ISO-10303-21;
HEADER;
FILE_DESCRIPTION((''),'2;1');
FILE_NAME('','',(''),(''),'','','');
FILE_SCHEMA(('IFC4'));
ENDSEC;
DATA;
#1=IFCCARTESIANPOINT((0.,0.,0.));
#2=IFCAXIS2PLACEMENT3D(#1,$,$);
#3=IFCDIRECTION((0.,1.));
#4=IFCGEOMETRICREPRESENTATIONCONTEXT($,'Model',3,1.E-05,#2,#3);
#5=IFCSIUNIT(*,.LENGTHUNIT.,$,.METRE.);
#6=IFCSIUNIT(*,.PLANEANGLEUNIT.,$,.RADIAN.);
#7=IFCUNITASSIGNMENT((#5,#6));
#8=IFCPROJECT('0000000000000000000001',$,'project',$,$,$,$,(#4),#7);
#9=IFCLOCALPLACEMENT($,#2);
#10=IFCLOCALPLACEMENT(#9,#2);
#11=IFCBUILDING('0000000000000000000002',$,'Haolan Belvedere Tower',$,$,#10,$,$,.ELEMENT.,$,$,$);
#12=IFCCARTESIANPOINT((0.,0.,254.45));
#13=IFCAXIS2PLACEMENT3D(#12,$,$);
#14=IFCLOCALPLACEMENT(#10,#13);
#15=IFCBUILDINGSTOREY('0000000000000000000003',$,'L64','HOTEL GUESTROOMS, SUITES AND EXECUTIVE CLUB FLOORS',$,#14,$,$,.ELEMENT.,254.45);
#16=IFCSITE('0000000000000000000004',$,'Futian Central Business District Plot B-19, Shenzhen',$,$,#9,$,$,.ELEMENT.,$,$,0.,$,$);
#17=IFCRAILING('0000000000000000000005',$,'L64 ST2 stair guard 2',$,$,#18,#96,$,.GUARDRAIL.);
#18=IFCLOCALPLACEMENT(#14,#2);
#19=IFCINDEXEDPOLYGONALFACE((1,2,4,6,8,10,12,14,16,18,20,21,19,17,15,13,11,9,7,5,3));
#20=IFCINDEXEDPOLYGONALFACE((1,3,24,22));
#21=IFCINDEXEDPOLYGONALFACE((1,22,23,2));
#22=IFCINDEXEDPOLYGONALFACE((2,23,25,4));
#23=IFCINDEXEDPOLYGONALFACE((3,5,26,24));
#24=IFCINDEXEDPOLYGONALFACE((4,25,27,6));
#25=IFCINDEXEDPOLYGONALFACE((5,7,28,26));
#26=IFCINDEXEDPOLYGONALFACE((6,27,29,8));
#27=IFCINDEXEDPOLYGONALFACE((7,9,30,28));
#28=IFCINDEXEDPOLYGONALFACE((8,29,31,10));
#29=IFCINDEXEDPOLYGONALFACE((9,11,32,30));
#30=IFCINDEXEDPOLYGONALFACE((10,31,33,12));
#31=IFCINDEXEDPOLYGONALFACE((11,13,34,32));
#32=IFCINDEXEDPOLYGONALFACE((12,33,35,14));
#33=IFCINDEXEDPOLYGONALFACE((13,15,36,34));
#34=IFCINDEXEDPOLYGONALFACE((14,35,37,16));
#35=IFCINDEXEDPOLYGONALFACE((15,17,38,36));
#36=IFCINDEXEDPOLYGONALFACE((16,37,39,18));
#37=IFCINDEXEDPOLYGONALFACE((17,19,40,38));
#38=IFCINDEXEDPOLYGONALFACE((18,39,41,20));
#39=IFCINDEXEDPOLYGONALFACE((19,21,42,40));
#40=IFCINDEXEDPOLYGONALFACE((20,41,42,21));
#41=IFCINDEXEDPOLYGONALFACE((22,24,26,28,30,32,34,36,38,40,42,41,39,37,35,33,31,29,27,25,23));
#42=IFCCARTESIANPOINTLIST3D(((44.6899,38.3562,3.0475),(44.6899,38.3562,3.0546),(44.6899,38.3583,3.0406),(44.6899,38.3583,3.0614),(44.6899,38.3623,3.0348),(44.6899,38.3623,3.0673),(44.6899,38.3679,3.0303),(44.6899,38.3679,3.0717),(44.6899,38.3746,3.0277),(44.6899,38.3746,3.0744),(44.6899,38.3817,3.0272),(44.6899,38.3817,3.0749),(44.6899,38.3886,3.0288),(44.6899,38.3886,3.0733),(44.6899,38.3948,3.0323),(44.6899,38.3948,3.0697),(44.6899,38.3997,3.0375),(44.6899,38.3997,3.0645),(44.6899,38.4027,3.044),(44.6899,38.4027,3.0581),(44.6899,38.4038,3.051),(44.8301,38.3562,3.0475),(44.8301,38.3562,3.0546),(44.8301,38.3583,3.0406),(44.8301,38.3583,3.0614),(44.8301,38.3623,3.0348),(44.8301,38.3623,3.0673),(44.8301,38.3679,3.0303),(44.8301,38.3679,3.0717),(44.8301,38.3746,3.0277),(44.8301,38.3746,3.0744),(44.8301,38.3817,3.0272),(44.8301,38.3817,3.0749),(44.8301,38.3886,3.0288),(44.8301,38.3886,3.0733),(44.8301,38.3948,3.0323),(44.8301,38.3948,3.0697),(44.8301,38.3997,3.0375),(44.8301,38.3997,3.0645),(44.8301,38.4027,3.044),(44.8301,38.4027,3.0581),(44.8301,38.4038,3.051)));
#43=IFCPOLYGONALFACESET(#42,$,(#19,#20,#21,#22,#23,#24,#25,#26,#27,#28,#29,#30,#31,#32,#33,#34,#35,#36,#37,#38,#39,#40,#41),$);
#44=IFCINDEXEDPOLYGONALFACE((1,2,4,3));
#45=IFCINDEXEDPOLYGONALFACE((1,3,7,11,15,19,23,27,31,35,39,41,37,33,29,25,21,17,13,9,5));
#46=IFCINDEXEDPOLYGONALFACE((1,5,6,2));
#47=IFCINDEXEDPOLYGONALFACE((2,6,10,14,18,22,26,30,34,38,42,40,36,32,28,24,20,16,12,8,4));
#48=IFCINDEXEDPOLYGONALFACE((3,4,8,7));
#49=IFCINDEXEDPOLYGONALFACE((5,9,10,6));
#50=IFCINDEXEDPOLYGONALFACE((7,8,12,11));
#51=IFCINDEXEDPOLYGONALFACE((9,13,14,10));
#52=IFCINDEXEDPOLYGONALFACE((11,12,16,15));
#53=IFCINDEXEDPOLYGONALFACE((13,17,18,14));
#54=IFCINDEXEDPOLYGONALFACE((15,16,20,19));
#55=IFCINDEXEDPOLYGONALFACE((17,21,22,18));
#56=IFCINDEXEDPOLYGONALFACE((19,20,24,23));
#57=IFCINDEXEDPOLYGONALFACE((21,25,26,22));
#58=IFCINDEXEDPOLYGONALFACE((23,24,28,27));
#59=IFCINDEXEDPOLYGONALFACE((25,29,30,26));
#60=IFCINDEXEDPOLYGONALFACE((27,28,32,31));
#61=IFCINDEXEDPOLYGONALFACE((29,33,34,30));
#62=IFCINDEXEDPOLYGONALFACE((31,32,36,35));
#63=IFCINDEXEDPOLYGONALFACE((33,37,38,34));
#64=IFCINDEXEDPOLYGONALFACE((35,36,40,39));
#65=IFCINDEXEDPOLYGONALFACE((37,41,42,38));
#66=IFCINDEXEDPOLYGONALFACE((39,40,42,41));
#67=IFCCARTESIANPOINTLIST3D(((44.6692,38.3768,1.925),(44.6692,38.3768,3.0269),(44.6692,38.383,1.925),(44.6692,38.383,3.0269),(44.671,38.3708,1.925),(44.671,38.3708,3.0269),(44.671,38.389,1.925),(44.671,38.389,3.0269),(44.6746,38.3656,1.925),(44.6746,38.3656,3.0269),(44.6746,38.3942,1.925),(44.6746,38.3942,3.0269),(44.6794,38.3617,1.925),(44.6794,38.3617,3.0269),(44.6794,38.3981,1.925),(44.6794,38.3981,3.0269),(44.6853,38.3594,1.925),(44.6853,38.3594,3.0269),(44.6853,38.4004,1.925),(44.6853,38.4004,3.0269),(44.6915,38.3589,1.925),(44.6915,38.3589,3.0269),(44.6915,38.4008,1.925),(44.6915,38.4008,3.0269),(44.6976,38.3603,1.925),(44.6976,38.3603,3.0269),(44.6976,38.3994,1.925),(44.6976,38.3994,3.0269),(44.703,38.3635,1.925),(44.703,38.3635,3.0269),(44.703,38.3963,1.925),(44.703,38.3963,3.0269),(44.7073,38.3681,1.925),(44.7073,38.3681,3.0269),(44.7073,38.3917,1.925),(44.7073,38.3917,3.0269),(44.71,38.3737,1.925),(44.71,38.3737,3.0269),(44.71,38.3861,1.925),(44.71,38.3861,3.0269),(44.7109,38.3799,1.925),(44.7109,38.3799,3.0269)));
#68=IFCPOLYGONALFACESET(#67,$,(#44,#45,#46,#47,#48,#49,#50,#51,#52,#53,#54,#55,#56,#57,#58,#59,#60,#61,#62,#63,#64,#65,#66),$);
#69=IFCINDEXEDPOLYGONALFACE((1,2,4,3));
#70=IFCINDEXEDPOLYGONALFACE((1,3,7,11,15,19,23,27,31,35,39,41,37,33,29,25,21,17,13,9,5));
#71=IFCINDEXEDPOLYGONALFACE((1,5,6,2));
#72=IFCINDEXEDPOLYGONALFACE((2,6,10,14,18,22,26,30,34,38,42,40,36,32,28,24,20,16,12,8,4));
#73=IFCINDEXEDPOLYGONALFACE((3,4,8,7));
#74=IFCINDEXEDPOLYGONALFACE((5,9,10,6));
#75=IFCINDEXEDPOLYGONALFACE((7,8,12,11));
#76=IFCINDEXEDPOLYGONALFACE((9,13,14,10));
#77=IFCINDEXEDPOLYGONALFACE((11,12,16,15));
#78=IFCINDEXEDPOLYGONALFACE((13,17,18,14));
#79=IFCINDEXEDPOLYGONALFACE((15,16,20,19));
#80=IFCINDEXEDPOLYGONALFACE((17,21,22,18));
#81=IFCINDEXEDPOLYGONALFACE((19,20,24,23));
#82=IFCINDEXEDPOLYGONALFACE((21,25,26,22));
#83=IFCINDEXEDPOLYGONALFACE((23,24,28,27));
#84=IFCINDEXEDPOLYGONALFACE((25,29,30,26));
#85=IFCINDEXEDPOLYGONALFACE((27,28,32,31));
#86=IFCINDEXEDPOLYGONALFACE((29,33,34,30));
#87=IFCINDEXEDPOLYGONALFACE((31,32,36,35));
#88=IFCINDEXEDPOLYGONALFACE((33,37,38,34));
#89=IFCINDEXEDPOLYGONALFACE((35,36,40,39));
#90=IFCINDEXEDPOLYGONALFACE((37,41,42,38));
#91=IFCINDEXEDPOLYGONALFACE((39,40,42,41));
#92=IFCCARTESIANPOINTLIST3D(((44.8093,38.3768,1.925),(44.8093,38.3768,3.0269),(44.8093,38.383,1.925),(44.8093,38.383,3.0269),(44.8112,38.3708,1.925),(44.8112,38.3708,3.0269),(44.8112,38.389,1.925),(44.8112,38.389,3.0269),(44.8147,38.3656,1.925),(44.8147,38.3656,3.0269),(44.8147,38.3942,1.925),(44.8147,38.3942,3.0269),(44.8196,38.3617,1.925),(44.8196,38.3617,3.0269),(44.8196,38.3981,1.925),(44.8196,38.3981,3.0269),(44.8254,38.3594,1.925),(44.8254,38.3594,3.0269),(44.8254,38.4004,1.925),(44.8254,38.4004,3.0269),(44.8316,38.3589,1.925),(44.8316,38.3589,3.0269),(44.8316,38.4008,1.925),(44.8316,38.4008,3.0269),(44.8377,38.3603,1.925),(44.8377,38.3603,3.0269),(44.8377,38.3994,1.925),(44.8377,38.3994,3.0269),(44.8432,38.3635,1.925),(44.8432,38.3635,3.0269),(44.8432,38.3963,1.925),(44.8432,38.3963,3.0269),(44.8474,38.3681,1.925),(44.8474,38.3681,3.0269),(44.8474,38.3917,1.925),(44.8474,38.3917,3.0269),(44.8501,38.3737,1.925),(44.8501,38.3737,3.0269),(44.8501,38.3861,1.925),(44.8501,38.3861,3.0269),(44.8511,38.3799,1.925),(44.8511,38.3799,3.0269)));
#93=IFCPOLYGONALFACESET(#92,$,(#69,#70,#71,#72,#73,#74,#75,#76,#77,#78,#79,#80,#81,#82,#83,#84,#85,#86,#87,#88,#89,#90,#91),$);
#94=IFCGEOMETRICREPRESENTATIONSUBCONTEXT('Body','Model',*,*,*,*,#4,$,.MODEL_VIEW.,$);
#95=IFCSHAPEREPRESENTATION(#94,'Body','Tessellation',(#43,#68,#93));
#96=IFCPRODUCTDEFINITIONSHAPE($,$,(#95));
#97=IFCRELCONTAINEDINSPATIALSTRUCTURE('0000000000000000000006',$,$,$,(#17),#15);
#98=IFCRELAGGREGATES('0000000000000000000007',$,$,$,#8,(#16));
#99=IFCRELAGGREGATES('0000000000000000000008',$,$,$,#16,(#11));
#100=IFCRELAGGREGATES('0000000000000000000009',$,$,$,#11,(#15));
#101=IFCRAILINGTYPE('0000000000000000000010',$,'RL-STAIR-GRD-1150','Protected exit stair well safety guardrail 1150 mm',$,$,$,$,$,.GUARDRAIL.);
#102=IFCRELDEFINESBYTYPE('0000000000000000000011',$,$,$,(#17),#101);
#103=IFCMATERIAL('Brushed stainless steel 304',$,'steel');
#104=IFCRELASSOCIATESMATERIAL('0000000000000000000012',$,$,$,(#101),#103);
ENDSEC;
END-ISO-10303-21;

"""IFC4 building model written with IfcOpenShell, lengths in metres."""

from ifc_helpers import new_model, si_unit, direction, frame, origin, origin_2d, place, context, subcontext, project, spatial, circle, extrude, material, type_object, element, save


model = new_model("IFC4")

# Units and contexts
model_context = context("Model", 3, precision=1e-05, world=origin(), true_north=direction((0.0, 1.0)))
body_context = subcontext(model_context, "Body", "Model", "MODEL_VIEW")
ifc_project = project(units=[si_unit("LENGTHUNIT", "METRE"), si_unit("PLANEANGLEUNIT", "RADIAN")], contexts=[model_context])

# Site, building, storey
site_placement = place(None, origin())
site = spatial("IfcSite", under=ifc_project, at=site_placement, Name="Futian Central Business District Plot B-19, Shenzhen", CompositionType="ELEMENT", RefElevation=0.0)
building_placement = place(site_placement, origin())
building = spatial("IfcBuilding", under=site, at=building_placement, Name="Haolan Belvedere Tower", CompositionType="ELEMENT")
storey_placement = place(building_placement, frame((0.0, 0.0, 254.45)))
storey = spatial("IfcBuildingStorey", under=building, at=storey_placement, Name="L64", Description="HOTEL GUESTROOMS, SUITES AND EXECUTIVE CLUB FLOORS", CompositionType="ELEMENT", Elevation=254.45)

# Railing
ifc_material_1 = material(Name="Brushed stainless steel 304", Category="steel")
railing_type = type_object("IfcRailingType", Name="RL-STAIR-GRD-1150", Description="Protected exit stair well safety guardrail 1150 mm", PredefinedType="GUARDRAIL", material=ifc_material_1)
railing_1_placement = place(storey_placement, frame((44.6899, 38.3799, 1.925)))
element("IfcRailing", 1, at=railing_1_placement, inside=storey, type_object=railing_type, Name="L64 ST2 stair guard 2", PredefinedType="GUARDRAIL", context=body_context, shape_type="SweptSolid", body=[
    extrude(circle(Radius=0.0239, at=origin_2d()), frame((0.0, 0.0, 1.126), z_axis=(1.0, 0.0, 0.0), x_axis=(0.0, 1.0, 0.0)), (0.0, 0.0, 1.0), 0.1401),
    extrude(circle(Radius=0.021, at=origin_2d()), origin(), (0.0, 0.0, 1.0), 1.1018),
    extrude(circle(Radius=0.021, at=origin_2d()), frame((0.1401, 0.0, 0.0)), (0.0, 0.0, 1.0), 1.1018),
])

save(model, "model.ifc")
